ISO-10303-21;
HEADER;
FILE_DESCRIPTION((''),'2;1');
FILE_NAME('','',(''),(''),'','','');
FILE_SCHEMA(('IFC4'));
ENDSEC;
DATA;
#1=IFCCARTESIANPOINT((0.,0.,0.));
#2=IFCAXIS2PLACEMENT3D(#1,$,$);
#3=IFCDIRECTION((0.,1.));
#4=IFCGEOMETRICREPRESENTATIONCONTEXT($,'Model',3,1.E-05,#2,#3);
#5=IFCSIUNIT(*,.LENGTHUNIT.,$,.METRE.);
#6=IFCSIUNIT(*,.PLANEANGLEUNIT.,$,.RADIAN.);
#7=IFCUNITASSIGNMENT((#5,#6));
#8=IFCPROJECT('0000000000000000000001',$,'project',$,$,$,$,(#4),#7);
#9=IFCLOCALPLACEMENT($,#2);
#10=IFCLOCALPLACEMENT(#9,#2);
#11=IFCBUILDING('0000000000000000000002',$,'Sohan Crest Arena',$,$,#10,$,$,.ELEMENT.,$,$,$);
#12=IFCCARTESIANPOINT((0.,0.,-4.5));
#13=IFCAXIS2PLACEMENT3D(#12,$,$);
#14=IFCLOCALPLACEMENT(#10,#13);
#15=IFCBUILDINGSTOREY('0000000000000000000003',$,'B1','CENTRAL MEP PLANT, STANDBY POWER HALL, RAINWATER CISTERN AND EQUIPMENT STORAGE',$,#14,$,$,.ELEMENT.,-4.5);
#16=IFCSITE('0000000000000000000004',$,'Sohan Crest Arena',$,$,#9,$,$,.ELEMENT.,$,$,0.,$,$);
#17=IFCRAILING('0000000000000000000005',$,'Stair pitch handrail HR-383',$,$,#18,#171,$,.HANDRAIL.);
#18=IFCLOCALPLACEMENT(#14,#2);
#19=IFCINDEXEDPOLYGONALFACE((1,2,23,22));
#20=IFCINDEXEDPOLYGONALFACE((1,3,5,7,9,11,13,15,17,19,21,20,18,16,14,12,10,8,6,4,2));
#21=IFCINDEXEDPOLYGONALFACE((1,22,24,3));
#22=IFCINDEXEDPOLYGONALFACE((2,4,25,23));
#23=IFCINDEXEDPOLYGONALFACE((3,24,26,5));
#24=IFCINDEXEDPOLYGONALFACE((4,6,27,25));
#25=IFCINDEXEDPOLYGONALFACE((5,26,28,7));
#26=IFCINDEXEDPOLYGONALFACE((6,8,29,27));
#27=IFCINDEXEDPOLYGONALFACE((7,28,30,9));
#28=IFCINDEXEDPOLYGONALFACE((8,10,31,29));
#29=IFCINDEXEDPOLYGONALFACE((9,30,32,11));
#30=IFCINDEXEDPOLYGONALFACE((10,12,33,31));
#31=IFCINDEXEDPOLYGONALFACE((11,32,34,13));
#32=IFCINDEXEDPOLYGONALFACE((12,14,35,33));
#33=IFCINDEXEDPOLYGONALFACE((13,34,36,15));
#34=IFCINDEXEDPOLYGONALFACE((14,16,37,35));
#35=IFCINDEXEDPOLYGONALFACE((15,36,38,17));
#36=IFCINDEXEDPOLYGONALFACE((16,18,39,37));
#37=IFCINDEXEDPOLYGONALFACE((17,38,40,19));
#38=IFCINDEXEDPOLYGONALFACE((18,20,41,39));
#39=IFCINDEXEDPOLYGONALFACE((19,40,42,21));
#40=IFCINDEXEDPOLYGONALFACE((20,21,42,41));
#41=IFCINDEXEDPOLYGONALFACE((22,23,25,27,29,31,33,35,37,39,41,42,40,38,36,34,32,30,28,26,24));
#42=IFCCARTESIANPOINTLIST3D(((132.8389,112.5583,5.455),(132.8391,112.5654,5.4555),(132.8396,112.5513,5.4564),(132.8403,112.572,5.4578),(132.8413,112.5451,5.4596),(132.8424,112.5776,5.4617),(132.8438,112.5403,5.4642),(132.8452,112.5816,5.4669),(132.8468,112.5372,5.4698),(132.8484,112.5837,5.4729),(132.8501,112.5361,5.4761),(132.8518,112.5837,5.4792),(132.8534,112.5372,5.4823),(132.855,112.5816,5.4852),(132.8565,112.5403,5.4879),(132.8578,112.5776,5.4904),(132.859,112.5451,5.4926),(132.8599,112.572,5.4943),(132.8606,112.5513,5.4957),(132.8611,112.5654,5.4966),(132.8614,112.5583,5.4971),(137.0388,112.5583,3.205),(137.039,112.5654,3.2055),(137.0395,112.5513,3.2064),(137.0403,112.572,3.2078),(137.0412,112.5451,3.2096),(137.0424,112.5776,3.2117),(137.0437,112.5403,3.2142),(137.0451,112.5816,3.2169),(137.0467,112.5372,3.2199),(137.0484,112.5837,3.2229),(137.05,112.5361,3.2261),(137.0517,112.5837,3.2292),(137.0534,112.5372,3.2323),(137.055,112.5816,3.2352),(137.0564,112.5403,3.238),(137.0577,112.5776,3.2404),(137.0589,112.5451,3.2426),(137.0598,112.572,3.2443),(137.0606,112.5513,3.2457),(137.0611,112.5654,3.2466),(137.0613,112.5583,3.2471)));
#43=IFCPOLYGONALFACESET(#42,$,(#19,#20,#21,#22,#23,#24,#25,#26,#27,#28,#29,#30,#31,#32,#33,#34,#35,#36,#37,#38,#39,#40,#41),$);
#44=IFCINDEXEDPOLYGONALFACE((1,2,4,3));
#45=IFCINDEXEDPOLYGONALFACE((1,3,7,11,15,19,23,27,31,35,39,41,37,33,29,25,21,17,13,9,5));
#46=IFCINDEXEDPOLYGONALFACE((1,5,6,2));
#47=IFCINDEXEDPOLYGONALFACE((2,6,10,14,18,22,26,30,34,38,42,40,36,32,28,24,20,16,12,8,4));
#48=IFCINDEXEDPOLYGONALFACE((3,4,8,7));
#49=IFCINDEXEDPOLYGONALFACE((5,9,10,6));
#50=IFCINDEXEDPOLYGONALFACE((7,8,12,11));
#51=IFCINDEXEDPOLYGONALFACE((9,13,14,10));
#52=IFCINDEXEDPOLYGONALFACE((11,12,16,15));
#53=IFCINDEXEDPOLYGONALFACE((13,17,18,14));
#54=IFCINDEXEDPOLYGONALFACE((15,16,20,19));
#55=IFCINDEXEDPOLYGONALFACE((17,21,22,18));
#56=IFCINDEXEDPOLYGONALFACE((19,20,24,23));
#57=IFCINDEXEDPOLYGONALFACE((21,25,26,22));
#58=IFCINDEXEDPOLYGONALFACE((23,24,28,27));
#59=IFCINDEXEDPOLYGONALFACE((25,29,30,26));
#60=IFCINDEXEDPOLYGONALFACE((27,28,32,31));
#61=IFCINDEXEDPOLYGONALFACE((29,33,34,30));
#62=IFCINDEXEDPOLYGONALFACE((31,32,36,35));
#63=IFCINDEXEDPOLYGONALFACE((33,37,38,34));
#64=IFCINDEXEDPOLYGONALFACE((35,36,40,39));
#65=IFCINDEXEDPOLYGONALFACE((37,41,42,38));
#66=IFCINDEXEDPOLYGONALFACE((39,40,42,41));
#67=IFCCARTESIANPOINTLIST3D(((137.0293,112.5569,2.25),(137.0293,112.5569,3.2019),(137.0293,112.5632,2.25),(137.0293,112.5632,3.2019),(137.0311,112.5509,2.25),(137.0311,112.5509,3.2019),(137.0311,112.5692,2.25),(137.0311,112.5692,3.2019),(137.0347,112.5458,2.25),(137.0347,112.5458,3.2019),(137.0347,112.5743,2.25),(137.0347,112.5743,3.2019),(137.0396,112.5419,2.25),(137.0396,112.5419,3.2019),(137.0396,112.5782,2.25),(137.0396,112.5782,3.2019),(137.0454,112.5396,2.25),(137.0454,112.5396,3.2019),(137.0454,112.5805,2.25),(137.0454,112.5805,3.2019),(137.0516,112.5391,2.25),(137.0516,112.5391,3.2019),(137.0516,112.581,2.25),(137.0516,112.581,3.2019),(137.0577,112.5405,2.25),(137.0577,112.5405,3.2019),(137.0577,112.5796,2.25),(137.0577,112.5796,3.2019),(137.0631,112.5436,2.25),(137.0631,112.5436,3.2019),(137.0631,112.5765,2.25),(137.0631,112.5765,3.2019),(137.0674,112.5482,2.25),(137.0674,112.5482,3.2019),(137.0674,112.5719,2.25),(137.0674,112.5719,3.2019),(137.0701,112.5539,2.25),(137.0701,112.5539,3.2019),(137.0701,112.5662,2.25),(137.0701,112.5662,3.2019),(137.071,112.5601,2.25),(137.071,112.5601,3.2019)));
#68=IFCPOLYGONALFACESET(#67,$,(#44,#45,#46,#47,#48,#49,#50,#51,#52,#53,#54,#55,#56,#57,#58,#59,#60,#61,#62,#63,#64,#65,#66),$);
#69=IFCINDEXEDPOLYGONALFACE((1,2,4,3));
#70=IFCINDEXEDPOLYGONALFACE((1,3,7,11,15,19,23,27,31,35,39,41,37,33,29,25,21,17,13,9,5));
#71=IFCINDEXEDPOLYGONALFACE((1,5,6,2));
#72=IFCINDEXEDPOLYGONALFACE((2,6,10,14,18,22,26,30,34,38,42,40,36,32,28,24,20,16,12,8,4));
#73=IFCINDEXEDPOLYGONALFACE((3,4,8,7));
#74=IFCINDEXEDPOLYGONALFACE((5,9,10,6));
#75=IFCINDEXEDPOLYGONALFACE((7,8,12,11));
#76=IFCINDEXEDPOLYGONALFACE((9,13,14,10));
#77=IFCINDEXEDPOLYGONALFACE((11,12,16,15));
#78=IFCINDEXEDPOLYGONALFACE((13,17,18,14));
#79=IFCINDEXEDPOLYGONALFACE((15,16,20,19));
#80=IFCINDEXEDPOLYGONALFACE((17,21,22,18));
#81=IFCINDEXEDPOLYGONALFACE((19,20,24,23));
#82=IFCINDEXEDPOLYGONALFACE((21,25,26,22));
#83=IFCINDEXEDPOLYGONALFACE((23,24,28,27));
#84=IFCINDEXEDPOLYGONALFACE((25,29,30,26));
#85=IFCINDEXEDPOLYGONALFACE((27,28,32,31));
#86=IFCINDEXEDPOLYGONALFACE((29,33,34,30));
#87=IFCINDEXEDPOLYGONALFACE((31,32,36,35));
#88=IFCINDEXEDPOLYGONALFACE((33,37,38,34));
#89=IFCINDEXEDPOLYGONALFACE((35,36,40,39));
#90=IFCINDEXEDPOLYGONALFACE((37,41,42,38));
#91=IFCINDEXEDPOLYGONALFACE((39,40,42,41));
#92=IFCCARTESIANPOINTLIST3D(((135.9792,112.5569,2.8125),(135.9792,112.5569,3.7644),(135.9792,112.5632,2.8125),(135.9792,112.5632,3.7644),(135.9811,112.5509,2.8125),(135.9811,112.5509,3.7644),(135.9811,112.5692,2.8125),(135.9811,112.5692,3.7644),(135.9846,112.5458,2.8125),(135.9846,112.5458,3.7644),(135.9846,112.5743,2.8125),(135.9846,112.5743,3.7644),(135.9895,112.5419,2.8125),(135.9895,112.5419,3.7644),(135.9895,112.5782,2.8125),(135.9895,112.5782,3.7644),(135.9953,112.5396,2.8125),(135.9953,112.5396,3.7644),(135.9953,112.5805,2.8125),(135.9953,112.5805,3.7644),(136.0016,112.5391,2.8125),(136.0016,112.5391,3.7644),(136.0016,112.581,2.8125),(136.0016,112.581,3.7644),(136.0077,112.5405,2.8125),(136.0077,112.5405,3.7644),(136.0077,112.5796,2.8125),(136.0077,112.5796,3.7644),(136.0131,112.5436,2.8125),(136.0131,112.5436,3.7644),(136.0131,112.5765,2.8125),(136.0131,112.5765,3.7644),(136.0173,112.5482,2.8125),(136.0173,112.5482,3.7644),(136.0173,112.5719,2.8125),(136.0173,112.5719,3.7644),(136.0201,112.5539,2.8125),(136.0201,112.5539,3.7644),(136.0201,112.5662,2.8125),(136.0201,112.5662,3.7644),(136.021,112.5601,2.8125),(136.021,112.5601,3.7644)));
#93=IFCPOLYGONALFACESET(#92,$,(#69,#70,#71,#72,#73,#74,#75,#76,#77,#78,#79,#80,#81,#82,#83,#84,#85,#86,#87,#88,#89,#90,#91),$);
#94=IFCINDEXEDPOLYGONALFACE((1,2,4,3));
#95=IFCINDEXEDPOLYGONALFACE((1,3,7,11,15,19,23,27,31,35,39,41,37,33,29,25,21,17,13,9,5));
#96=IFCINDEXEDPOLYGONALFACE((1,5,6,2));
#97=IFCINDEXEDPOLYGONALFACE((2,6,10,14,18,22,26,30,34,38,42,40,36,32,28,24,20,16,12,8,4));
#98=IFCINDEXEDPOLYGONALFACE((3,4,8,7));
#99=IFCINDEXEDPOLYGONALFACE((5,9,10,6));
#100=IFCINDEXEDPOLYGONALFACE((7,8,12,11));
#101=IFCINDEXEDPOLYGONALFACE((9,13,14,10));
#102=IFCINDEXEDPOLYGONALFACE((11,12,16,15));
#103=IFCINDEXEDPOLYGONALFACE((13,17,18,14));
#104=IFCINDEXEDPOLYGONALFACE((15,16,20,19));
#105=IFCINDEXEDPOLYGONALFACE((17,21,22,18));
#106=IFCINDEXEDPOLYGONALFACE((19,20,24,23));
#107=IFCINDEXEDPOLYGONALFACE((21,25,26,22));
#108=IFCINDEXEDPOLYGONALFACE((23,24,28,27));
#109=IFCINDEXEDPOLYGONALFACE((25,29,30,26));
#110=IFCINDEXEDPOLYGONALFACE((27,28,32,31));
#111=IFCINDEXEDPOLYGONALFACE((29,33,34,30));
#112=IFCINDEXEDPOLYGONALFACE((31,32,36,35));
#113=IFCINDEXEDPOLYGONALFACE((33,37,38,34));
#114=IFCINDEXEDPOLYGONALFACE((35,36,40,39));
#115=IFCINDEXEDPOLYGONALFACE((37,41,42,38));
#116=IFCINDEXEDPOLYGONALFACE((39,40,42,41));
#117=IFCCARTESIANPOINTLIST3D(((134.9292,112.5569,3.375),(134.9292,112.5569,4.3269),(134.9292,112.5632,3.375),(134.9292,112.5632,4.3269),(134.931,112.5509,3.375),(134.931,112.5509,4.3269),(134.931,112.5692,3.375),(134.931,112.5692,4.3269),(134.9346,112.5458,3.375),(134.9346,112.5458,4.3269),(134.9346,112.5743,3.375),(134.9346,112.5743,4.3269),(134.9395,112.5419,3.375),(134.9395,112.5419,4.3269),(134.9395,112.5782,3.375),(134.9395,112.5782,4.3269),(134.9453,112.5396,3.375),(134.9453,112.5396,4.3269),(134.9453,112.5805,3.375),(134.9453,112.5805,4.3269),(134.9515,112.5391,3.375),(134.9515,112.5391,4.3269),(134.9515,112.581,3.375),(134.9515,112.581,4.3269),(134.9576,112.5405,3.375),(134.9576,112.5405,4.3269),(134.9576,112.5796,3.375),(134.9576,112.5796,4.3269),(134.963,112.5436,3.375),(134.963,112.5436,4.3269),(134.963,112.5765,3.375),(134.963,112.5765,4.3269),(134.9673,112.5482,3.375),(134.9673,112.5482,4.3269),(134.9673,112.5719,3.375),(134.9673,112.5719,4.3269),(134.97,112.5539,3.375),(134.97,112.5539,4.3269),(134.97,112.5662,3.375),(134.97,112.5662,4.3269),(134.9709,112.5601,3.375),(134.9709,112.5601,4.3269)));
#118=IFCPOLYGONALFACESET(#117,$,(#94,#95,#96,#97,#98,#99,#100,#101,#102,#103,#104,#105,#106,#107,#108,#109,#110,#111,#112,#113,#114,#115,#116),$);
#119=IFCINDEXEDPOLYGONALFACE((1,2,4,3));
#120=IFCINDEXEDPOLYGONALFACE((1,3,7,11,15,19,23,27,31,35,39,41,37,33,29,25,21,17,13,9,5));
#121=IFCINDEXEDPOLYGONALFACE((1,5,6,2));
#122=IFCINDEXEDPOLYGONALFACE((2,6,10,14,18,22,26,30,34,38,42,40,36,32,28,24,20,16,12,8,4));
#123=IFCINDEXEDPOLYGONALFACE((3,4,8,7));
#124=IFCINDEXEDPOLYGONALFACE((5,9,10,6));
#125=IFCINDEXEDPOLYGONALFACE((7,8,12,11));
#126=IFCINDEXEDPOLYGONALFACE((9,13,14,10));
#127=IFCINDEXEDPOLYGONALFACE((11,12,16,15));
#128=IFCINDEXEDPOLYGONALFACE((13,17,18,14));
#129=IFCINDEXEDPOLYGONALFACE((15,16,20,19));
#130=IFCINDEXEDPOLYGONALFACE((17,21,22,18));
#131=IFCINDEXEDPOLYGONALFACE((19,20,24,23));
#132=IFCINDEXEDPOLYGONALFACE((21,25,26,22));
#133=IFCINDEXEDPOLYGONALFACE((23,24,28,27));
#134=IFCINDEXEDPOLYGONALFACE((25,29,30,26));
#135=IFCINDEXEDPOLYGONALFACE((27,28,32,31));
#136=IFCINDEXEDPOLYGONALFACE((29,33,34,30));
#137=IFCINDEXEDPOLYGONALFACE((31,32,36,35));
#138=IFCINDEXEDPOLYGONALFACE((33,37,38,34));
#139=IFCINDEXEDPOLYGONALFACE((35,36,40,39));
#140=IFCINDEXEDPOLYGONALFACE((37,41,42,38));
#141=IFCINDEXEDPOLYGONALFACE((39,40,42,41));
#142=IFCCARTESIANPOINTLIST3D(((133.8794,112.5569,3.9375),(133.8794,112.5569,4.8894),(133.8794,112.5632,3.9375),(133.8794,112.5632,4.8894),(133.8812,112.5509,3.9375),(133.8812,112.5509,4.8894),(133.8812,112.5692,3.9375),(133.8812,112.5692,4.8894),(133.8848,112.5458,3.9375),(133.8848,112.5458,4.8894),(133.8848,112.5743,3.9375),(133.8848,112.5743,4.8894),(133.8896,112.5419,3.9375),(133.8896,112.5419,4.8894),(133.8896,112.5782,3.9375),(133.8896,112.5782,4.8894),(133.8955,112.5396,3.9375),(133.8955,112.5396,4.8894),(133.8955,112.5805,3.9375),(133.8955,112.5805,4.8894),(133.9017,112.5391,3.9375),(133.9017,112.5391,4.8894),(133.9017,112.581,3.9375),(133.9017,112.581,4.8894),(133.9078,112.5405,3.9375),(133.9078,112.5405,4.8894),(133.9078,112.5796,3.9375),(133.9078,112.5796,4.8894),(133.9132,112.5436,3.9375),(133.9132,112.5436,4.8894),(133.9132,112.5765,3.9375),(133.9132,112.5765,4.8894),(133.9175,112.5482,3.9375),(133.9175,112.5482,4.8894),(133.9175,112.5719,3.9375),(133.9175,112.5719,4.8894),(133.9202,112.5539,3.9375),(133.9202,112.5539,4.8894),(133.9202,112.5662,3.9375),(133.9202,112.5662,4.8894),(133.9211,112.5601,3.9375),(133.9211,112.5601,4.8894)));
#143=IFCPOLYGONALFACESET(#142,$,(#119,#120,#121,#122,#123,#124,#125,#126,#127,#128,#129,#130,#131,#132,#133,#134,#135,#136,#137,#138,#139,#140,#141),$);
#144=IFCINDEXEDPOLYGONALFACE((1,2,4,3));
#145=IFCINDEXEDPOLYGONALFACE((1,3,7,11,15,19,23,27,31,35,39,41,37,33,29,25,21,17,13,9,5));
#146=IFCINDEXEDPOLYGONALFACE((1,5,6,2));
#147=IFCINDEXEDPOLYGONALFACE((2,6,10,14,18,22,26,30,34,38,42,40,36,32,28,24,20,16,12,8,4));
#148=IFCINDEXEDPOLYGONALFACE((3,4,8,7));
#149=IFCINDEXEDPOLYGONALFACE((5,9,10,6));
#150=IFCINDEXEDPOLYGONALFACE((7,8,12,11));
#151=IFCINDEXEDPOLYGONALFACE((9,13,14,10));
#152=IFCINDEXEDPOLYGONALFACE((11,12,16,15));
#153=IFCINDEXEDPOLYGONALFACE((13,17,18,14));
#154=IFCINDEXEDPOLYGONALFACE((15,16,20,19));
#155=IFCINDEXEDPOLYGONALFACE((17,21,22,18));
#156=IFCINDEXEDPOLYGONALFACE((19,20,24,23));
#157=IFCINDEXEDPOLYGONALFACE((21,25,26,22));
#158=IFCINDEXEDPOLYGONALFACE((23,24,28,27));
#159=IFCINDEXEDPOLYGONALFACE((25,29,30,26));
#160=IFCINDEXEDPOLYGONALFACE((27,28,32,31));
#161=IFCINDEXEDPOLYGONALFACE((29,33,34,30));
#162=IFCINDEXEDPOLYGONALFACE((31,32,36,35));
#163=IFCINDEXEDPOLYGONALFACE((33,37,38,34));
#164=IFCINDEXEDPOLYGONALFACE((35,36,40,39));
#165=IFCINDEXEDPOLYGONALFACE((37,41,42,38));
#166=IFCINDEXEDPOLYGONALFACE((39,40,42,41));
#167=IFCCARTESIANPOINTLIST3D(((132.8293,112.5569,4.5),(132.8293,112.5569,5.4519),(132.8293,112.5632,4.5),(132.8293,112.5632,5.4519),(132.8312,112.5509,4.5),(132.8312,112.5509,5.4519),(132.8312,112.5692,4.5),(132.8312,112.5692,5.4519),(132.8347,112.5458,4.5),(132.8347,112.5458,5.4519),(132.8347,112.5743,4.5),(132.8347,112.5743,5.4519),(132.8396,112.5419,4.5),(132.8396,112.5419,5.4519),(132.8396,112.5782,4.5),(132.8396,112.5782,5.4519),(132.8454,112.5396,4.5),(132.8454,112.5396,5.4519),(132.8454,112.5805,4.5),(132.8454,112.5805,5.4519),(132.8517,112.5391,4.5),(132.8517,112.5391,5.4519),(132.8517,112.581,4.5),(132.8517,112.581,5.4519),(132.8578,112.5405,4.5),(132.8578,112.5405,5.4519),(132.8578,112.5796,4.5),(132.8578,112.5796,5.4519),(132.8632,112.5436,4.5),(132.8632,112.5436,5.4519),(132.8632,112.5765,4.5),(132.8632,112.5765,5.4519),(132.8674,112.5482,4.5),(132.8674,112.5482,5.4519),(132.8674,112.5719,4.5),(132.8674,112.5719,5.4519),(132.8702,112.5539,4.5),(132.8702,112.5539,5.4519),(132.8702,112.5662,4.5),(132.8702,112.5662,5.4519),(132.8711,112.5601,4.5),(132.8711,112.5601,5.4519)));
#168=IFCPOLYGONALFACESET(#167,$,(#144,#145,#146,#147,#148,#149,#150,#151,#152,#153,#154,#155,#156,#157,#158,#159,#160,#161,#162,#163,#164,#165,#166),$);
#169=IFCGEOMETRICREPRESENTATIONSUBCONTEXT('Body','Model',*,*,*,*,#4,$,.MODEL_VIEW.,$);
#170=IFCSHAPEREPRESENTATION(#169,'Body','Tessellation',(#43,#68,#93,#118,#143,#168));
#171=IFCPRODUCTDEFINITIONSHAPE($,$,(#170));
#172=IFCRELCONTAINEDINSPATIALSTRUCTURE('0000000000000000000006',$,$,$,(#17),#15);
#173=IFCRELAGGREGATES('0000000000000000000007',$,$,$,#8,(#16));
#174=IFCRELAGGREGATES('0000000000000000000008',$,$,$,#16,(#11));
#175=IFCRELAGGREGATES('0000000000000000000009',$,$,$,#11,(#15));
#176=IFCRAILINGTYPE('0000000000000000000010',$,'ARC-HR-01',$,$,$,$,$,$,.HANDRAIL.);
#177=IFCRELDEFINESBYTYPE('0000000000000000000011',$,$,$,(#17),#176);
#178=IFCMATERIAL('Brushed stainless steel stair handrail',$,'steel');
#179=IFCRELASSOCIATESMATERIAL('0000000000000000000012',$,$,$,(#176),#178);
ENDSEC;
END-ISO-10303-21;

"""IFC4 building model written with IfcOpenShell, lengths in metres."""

from ifc_helpers import new_model, si_unit, direction, frame, origin, origin_2d, place, context, subcontext, project, spatial, circle, extrude, material, type_object, element, save


model = new_model("IFC4")

# Units and contexts
model_context = context("Model", 3, precision=1e-05, world=origin(), true_north=direction((0.0, 1.0)))
body_context = subcontext(model_context, "Body", "Model", "MODEL_VIEW")
ifc_project = project(units=[si_unit("LENGTHUNIT", "METRE"), si_unit("PLANEANGLEUNIT", "RADIAN")], contexts=[model_context])

# Site, building, storey
site_placement = place(None, origin())
site = spatial("IfcSite", under=ifc_project, at=site_placement, Name="Sohan Crest Arena", CompositionType="ELEMENT", RefElevation=0.0)
building_placement = place(site_placement, origin())
building = spatial("IfcBuilding", under=site, at=building_placement, Name="Sohan Crest Arena", CompositionType="ELEMENT")
storey_placement = place(building_placement, frame((0.0, 0.0, -4.5)))
storey = spatial("IfcBuildingStorey", under=building, at=storey_placement, Name="B1", Description="CENTRAL MEP PLANT, STANDBY POWER HALL, RAINWATER CISTERN AND EQUIPMENT STORAGE", CompositionType="ELEMENT", Elevation=-4.5)

# Railing
ifc_material_1 = material(Name="Brushed stainless steel stair handrail", Category="steel")
railing_type_1 = type_object("IfcRailingType", Name="ARC-HR-01", PredefinedType="HANDRAIL", material=ifc_material_1)
railing_1_placement = place(storey_placement, frame((137.05, 112.5601, 2.25)))
element("IfcRailing", 1, at=railing_1_placement, inside=storey, type_object=railing_type_1, Name="Stair pitch handrail HR-383", PredefinedType="HANDRAIL", context=body_context, shape_type="SweptSolid", body=[
    extrude(circle(Radius=0.0239, at=origin_2d()), frame((0.0, 0.0, 0.9761), z_axis=(-0.881478, 0.0, 0.472226), x_axis=(0.0, -1.0, 0.0)), (0.0, 0.0, 1.0), 4.7646),
    extrude(circle(Radius=0.021, at=origin_2d()), origin(), (0.0, 0.0, 1.0), 0.9519),
    extrude(circle(Radius=0.021, at=origin_2d()), frame((-1.05, 0.0, 0.5625)), (0.0, 0.0, 1.0), 0.9519),
    extrude(circle(Radius=0.021, at=origin_2d()), frame((-2.1001, 0.0, 1.125)), (0.0, 0.0, 1.0), 0.9519),
    extrude(circle(Radius=0.021, at=origin_2d()), frame((-3.1499, 0.0, 1.6875)), (0.0, 0.0, 1.0), 0.9519),
    extrude(circle(Radius=0.021, at=origin_2d()), frame((-4.2, 0.0, 2.25)), (0.0, 0.0, 1.0), 0.9519),
])

save(model, "model.ifc")
